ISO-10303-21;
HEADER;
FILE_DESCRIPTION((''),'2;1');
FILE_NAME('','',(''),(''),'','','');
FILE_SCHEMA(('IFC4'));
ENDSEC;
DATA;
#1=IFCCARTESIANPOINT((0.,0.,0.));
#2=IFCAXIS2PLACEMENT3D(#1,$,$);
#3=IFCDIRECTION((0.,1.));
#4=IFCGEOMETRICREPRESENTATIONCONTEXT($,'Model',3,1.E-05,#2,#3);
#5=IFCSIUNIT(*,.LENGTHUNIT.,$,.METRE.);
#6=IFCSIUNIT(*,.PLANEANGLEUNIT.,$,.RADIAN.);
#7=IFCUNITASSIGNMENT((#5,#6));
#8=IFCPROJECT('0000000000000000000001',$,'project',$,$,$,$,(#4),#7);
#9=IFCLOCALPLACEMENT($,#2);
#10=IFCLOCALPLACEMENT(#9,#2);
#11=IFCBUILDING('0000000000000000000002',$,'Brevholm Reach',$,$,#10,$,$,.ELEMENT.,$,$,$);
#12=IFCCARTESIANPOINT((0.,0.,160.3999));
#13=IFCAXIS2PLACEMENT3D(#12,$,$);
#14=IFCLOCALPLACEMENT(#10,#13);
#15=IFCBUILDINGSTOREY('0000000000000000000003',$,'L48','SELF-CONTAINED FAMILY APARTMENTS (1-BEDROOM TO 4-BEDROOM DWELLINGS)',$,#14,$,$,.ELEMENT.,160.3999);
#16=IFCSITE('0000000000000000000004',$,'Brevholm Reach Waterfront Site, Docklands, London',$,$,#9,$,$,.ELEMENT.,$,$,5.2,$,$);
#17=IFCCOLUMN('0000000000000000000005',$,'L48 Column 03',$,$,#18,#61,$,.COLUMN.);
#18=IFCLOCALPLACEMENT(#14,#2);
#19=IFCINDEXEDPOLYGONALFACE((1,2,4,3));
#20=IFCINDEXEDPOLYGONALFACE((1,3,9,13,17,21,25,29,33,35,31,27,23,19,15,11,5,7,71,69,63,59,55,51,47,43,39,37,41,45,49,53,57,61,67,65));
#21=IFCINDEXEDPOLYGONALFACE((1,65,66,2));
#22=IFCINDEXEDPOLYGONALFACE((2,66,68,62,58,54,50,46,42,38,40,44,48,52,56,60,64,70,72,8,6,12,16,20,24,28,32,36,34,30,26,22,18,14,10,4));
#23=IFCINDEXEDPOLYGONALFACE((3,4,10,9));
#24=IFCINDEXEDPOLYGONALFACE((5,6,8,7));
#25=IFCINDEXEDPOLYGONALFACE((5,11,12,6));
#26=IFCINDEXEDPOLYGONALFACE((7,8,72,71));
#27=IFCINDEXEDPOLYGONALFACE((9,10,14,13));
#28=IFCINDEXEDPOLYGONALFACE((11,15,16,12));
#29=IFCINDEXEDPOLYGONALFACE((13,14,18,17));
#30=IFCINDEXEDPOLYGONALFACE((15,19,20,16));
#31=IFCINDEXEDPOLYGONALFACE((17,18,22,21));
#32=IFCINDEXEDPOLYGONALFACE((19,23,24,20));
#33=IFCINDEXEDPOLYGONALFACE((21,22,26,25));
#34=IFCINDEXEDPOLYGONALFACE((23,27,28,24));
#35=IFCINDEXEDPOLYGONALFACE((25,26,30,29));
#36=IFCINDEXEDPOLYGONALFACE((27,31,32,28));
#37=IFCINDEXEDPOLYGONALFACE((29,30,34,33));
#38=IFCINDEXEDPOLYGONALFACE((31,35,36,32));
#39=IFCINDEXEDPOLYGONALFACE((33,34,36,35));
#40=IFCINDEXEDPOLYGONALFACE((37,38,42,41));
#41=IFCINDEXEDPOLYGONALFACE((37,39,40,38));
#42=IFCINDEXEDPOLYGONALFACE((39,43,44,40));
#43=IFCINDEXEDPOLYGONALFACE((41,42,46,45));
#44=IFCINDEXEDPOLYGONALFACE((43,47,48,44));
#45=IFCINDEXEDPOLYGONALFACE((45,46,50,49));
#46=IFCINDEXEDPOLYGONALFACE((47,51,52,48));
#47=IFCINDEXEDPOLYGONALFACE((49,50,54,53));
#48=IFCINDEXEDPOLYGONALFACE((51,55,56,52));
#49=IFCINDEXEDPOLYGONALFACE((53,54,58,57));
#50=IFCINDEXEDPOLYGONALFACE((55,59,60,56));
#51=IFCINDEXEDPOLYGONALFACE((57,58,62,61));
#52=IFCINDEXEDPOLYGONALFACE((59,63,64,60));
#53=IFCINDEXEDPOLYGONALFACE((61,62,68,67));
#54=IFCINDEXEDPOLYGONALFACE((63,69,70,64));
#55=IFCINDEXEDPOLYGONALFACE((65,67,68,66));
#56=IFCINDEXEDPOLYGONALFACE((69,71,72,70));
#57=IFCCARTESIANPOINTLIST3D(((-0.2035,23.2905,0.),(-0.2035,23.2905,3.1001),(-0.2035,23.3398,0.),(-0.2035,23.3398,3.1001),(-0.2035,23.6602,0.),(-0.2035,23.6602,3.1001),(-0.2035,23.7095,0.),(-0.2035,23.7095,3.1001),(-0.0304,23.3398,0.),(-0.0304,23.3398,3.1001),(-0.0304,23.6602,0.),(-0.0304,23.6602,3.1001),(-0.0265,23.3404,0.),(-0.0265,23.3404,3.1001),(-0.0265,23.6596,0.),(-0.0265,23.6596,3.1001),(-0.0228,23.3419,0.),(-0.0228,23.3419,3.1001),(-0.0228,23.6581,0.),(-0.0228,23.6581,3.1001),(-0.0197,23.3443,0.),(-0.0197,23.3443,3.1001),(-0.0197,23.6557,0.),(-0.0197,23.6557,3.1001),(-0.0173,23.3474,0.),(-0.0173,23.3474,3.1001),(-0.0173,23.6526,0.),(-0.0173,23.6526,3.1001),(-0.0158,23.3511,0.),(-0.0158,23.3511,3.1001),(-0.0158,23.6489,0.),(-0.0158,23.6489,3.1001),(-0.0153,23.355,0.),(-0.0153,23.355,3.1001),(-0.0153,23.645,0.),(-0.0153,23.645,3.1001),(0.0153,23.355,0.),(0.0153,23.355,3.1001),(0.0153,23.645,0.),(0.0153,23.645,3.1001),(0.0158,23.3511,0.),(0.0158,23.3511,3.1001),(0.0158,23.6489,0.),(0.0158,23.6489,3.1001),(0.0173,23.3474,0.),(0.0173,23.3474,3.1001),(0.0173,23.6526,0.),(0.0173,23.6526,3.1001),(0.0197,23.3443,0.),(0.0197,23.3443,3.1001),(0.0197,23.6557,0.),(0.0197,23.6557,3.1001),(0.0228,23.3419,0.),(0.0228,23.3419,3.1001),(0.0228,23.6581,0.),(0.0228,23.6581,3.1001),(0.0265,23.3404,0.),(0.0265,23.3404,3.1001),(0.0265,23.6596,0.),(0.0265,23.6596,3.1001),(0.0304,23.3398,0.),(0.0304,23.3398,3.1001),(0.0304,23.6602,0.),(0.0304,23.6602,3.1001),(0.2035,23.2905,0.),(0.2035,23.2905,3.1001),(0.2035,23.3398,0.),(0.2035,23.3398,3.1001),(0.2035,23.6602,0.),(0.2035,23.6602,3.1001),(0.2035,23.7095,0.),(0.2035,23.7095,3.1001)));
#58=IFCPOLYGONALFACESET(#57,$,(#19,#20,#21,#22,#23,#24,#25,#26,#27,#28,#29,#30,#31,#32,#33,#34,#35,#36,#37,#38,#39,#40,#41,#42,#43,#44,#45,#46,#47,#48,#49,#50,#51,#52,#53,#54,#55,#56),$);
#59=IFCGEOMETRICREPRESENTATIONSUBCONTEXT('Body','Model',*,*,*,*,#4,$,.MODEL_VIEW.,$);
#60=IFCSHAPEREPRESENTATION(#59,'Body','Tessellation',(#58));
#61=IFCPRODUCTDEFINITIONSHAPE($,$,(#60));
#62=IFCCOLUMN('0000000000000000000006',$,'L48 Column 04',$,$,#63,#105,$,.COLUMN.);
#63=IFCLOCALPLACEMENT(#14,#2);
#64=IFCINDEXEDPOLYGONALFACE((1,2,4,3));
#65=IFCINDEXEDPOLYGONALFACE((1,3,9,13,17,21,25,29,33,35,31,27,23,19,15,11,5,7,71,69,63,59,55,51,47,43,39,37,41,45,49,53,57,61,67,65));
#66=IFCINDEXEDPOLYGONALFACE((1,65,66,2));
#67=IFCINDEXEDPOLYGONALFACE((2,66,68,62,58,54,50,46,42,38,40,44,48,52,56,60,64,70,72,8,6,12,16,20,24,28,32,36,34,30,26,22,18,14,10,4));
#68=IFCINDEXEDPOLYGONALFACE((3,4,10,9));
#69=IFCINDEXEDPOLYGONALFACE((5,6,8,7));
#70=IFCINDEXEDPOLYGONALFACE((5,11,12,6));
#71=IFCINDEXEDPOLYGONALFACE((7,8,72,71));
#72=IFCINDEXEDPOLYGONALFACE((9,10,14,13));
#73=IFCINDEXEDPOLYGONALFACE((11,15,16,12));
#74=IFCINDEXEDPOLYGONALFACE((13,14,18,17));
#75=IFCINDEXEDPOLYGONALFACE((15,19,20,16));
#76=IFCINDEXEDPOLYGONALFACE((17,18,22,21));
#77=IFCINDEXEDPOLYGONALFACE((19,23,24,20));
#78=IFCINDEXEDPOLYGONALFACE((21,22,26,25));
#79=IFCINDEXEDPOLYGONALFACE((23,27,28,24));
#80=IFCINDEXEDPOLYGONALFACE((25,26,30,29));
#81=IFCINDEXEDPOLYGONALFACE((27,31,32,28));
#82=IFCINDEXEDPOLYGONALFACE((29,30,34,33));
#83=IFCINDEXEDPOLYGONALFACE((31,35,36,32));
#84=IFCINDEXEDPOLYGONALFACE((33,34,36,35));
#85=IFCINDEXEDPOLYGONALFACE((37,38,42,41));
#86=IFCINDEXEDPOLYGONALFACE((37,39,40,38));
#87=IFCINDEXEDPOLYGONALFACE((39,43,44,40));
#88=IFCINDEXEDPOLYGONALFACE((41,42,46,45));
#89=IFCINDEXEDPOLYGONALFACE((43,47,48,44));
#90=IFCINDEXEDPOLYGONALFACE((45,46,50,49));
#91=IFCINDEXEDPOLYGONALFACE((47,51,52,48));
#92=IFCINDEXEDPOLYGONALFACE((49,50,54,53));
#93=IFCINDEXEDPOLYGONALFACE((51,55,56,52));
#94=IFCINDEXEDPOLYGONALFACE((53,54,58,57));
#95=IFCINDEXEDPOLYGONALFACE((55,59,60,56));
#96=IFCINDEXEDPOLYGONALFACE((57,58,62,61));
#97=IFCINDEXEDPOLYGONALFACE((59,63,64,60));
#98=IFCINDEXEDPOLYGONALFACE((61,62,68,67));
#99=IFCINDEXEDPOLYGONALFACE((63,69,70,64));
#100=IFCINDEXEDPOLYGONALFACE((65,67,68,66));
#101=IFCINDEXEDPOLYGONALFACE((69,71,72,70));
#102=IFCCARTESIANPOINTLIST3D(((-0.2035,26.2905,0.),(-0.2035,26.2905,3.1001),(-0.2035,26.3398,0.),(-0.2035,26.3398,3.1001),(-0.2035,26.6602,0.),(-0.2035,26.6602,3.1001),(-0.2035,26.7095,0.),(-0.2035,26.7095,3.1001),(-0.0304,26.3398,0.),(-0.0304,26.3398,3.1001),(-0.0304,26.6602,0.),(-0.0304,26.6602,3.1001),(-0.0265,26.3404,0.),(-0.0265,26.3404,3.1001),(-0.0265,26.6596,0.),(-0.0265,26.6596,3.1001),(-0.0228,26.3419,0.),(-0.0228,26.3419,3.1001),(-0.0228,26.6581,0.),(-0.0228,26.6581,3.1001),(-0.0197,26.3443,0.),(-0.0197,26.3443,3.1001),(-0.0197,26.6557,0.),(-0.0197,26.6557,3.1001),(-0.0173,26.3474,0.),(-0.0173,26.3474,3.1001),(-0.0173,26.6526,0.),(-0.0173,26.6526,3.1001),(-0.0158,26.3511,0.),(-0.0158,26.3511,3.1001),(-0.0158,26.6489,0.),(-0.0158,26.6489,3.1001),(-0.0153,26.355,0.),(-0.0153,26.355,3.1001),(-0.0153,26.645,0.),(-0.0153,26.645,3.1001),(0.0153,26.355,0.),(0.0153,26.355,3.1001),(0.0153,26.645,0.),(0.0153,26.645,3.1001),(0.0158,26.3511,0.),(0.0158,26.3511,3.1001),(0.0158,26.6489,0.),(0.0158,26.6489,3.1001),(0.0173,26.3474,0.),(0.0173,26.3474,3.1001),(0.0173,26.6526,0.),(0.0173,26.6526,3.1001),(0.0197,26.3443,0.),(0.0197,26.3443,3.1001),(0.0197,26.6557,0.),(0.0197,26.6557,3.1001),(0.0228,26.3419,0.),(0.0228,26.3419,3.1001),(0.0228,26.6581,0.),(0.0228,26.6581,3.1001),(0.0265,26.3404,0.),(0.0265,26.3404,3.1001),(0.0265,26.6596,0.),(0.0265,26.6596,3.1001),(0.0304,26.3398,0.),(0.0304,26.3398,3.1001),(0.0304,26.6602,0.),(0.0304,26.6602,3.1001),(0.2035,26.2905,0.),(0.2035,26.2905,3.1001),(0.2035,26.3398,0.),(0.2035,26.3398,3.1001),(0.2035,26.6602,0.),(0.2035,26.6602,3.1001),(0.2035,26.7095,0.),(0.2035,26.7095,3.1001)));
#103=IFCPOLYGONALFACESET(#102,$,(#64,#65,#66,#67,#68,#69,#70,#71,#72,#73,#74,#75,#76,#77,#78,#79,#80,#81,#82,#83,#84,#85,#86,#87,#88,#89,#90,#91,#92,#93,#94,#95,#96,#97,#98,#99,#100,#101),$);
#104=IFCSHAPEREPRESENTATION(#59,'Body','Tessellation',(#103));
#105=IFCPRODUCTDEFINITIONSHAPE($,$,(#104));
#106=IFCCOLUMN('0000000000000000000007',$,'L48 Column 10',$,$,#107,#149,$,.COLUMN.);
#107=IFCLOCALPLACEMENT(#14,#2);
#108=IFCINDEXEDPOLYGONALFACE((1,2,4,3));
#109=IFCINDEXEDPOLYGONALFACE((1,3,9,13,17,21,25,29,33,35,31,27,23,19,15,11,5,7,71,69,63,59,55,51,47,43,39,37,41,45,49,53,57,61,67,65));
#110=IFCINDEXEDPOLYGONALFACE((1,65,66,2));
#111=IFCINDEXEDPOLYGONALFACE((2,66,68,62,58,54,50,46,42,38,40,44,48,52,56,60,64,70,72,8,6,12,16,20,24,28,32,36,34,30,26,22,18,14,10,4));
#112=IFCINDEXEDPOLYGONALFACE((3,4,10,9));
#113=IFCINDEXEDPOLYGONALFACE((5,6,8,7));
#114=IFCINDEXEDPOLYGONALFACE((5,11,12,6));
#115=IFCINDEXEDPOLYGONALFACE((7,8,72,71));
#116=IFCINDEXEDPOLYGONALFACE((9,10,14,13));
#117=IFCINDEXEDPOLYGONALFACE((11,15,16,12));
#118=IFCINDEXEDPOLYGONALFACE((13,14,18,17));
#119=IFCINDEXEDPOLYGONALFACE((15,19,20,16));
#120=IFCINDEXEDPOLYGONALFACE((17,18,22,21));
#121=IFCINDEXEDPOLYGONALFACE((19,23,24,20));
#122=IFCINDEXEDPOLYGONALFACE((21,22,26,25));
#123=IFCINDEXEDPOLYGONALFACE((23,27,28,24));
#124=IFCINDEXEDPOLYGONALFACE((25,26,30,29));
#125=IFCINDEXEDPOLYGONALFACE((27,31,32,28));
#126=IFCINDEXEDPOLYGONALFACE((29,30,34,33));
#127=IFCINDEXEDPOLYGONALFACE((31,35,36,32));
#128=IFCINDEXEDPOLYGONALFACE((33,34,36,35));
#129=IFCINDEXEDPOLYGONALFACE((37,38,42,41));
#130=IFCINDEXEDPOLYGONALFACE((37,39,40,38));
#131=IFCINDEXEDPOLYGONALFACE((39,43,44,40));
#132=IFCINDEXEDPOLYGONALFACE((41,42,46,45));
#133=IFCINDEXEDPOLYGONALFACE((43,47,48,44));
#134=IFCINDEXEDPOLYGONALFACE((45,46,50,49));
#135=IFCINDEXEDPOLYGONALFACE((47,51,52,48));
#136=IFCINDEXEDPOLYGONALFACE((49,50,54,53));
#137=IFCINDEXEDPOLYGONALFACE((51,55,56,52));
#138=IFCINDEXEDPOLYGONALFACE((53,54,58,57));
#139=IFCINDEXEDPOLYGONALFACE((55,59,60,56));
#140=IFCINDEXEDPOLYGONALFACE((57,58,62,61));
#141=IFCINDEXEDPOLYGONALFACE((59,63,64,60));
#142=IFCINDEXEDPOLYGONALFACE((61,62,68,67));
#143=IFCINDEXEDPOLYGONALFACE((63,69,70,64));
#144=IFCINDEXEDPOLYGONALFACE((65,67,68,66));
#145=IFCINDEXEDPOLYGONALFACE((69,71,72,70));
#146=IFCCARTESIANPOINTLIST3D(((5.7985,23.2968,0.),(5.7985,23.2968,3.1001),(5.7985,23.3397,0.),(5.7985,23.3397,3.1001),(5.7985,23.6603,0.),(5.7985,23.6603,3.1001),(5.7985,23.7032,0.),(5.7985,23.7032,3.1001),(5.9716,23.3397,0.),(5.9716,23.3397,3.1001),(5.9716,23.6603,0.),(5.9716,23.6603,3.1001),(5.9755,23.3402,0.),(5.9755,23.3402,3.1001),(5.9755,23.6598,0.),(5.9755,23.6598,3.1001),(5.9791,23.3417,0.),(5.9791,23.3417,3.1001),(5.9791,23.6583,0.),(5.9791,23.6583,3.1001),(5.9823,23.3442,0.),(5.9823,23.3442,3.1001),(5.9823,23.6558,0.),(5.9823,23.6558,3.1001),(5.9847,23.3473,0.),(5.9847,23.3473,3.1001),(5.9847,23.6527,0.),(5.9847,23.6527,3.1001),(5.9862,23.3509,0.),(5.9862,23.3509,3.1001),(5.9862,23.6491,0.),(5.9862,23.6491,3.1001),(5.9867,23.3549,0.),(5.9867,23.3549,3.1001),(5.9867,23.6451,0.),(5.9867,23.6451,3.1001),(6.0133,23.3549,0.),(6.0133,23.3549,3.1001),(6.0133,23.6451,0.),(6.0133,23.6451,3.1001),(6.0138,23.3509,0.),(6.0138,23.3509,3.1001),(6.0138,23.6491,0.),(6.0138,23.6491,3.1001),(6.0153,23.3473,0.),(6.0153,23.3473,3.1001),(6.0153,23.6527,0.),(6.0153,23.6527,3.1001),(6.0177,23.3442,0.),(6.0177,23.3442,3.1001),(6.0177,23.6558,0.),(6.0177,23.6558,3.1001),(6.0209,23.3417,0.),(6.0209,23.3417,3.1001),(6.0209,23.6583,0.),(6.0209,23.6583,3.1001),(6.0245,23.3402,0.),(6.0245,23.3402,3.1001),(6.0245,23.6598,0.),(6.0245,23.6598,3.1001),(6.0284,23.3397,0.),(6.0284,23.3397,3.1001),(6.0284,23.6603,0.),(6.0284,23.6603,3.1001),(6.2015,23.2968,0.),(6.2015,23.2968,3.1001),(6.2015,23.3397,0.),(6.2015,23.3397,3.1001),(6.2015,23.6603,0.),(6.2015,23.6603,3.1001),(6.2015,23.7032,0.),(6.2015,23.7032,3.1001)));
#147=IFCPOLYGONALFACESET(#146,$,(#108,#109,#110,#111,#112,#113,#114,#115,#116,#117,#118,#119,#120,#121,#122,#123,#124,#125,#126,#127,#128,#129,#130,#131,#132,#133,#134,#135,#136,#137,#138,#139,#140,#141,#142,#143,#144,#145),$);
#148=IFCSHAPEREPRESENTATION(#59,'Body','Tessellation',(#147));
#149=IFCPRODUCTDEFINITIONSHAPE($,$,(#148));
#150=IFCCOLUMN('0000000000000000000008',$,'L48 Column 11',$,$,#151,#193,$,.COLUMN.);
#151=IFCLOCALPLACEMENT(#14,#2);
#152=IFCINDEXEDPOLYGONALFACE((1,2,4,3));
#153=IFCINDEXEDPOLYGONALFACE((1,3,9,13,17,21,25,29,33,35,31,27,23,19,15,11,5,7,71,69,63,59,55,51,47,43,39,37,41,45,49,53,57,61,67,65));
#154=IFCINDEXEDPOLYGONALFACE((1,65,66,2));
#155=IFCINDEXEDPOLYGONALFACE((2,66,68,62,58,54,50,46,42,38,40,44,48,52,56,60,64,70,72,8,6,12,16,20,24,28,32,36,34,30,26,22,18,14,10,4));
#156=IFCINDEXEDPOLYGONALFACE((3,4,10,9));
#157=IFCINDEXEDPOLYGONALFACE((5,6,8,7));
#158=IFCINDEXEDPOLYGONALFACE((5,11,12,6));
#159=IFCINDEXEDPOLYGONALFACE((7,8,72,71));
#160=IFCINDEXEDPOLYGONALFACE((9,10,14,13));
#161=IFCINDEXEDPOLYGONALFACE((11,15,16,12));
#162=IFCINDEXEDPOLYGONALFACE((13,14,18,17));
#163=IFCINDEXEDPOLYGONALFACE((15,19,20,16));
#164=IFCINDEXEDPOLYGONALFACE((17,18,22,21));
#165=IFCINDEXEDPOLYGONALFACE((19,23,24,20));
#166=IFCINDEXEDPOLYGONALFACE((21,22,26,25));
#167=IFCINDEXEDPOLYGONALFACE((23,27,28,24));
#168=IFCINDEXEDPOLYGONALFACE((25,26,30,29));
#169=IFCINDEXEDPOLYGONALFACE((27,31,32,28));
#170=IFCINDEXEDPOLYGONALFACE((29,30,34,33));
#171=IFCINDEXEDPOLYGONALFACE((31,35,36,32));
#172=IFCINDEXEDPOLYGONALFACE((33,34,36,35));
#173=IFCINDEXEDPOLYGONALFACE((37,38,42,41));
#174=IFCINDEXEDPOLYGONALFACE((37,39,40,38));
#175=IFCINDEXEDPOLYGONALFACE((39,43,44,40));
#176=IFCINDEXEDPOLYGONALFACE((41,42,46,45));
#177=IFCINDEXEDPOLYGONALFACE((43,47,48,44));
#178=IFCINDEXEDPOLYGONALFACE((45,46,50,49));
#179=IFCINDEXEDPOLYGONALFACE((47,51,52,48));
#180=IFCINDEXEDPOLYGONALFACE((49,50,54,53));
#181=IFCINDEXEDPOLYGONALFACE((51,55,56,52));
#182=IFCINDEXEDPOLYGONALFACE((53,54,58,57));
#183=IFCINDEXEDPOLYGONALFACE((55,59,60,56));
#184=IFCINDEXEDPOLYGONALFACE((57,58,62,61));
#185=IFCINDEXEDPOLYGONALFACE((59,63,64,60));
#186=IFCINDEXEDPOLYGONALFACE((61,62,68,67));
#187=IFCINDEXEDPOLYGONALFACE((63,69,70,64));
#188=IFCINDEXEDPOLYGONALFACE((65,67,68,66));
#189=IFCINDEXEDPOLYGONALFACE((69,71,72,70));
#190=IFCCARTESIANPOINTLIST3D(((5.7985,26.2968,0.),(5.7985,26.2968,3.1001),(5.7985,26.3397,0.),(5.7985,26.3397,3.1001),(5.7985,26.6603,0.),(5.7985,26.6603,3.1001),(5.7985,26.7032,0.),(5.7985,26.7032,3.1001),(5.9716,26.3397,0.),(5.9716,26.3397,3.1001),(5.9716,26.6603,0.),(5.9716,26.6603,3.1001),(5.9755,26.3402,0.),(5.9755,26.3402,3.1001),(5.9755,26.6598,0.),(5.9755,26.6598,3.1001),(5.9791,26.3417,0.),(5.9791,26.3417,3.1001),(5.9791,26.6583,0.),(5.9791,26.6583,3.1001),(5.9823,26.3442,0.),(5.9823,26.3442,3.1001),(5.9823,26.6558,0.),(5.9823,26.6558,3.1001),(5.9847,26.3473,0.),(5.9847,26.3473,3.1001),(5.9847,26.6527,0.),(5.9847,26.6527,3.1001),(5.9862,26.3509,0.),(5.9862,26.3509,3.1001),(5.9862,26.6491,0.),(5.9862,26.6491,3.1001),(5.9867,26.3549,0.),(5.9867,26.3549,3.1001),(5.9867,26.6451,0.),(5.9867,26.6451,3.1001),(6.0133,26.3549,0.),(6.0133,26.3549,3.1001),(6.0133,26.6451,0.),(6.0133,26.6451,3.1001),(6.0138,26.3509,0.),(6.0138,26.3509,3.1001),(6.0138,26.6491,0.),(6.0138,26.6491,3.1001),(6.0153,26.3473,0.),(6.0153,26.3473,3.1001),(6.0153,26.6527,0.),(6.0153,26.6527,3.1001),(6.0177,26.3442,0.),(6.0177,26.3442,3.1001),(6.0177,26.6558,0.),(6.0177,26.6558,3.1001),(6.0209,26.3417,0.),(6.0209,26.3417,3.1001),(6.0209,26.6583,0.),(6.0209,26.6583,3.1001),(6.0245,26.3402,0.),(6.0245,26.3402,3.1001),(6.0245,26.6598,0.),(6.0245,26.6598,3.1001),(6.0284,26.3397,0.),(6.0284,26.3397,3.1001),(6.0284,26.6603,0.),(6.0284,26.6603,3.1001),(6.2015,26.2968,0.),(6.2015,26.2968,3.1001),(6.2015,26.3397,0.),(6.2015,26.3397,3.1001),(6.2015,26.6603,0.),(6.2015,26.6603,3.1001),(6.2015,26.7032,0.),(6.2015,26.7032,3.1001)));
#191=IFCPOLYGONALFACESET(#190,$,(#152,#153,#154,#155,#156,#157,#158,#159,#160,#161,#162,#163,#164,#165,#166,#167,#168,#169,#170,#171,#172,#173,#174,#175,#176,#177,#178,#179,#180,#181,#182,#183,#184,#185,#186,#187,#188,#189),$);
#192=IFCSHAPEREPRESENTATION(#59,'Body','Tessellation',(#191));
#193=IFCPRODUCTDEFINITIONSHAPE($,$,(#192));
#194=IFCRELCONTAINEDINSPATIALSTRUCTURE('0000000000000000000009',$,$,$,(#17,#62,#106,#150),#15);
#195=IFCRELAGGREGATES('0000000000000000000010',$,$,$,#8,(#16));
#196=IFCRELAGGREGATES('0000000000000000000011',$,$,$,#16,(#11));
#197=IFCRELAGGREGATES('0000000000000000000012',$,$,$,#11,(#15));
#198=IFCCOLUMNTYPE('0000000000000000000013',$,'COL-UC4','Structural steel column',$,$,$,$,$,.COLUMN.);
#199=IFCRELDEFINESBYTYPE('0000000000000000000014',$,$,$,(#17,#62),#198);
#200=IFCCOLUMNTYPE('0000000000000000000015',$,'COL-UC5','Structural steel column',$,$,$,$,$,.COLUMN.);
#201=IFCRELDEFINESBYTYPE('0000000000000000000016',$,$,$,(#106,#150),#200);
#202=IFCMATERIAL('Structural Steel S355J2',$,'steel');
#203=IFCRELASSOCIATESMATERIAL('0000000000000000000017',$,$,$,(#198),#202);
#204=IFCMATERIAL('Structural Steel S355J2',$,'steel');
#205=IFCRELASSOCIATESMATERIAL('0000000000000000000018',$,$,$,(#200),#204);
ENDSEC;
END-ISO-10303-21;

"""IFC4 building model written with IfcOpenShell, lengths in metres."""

from ifc_helpers import new_model, si_unit, direction, frame, origin, origin_2d, place, context, subcontext, project, spatial, i_section, extrude, material, material_profile, profile_set, type_object, element, save


model = new_model("IFC4")

# Units and contexts
model_context = context("Model", 3, precision=1e-05, world=origin(), true_north=direction((0.0, 1.0)))
body_context = subcontext(model_context, "Body", "Model", "MODEL_VIEW")
ifc_project = project(units=[si_unit("LENGTHUNIT", "METRE"), si_unit("PLANEANGLEUNIT", "RADIAN")], contexts=[model_context])

# Site, building, storey
site_placement = place(None, origin())
site = spatial("IfcSite", under=ifc_project, at=site_placement, Name="Brevholm Reach Waterfront Site, Docklands, London", CompositionType="ELEMENT", RefElevation=5.2)
building_placement = place(site_placement, origin())
building = spatial("IfcBuilding", under=site, at=building_placement, Name="Brevholm Reach", CompositionType="ELEMENT")
storey_placement = place(building_placement, frame((0.0, 0.0, 160.3999)))
storey = spatial("IfcBuildingStorey", under=building, at=storey_placement, Name="L48", Description="SELF-CONTAINED FAMILY APARTMENTS (1-BEDROOM TO 4-BEDROOM DWELLINGS)", CompositionType="ELEMENT", Elevation=160.3999)

# Columns
ifc_material_1 = material(Name="Structural Steel S355J2", Category="steel")
ifc_material_profile_1 = material_profile(ifc_material_1, i_section(OverallWidth=0.407, OverallDepth=0.4189, WebThickness=0.0305, FlangeThickness=0.0493, FilletRadius=0.0151, at=origin_2d()), Name="UKC 356x406x393")
ifc_profile_set_1 = profile_set([ifc_material_profile_1], Name="Structural Steel S355J2")
column_type_1 = type_object("IfcColumnType", Name="COL-UC4", Description="Structural steel column", PredefinedType="COLUMN", material=ifc_profile_set_1)
for number, where, z_axis, x_axis, name in (
    (1, (0.0, 23.5, 0.0), (0.0, 0.0, 1.0), (1.0, 0.0, 0.0), "L48 Column 03"),
    (2, (0.0, 26.5, 0.0), (0.0, 0.0, 1.0), (1.0, 0.0, 0.0), "L48 Column 04"),
):
    element("IfcColumn", number, at=place(storey_placement, frame(where, z_axis=z_axis, x_axis=x_axis)), inside=storey, type_object=column_type_1, Name=name, PredefinedType="COLUMN", context=body_context, shape_type="SweptSolid", body=[
        extrude(i_section(OverallWidth=0.407, OverallDepth=0.4189, WebThickness=0.0305, FlangeThickness=0.0493, FilletRadius=0.0151, at=origin_2d()), origin(), (0.0, 0.0, 1.0), 3.1001),
    ])
ifc_material_2 = material(Name="Structural Steel S355J2", Category="steel")
ifc_material_profile_2 = material_profile(ifc_material_2, i_section(OverallWidth=0.4031, OverallDepth=0.4065, WebThickness=0.0266, FlangeThickness=0.043, FilletRadius=0.0151, at=origin_2d()), Name="UKC 356x406x340")
ifc_profile_set_2 = profile_set([ifc_material_profile_2], Name="Structural Steel S355J2")
column_type_2 = type_object("IfcColumnType", Name="COL-UC5", Description="Structural steel column", PredefinedType="COLUMN", material=ifc_profile_set_2)
for number, where, z_axis, x_axis, name in (
    (3, (6.0, 23.5, 0.0), (0.0, 0.0, 1.0), (1.0, 0.0, 0.0), "L48 Column 10"),
    (4, (6.0, 26.5, 0.0), (0.0, 0.0, 1.0), (1.0, 0.0, 0.0), "L48 Column 11"),
):
    element("IfcColumn", number, at=place(storey_placement, frame(where, z_axis=z_axis, x_axis=x_axis)), inside=storey, type_object=column_type_2, Name=name, PredefinedType="COLUMN", context=body_context, shape_type="SweptSolid", body=[
        extrude(i_section(OverallWidth=0.4031, OverallDepth=0.4065, WebThickness=0.0266, FlangeThickness=0.043, FilletRadius=0.0151, at=origin_2d()), origin(), (0.0, 0.0, 1.0), 3.1001),
    ])

save(model, "model.ifc")
